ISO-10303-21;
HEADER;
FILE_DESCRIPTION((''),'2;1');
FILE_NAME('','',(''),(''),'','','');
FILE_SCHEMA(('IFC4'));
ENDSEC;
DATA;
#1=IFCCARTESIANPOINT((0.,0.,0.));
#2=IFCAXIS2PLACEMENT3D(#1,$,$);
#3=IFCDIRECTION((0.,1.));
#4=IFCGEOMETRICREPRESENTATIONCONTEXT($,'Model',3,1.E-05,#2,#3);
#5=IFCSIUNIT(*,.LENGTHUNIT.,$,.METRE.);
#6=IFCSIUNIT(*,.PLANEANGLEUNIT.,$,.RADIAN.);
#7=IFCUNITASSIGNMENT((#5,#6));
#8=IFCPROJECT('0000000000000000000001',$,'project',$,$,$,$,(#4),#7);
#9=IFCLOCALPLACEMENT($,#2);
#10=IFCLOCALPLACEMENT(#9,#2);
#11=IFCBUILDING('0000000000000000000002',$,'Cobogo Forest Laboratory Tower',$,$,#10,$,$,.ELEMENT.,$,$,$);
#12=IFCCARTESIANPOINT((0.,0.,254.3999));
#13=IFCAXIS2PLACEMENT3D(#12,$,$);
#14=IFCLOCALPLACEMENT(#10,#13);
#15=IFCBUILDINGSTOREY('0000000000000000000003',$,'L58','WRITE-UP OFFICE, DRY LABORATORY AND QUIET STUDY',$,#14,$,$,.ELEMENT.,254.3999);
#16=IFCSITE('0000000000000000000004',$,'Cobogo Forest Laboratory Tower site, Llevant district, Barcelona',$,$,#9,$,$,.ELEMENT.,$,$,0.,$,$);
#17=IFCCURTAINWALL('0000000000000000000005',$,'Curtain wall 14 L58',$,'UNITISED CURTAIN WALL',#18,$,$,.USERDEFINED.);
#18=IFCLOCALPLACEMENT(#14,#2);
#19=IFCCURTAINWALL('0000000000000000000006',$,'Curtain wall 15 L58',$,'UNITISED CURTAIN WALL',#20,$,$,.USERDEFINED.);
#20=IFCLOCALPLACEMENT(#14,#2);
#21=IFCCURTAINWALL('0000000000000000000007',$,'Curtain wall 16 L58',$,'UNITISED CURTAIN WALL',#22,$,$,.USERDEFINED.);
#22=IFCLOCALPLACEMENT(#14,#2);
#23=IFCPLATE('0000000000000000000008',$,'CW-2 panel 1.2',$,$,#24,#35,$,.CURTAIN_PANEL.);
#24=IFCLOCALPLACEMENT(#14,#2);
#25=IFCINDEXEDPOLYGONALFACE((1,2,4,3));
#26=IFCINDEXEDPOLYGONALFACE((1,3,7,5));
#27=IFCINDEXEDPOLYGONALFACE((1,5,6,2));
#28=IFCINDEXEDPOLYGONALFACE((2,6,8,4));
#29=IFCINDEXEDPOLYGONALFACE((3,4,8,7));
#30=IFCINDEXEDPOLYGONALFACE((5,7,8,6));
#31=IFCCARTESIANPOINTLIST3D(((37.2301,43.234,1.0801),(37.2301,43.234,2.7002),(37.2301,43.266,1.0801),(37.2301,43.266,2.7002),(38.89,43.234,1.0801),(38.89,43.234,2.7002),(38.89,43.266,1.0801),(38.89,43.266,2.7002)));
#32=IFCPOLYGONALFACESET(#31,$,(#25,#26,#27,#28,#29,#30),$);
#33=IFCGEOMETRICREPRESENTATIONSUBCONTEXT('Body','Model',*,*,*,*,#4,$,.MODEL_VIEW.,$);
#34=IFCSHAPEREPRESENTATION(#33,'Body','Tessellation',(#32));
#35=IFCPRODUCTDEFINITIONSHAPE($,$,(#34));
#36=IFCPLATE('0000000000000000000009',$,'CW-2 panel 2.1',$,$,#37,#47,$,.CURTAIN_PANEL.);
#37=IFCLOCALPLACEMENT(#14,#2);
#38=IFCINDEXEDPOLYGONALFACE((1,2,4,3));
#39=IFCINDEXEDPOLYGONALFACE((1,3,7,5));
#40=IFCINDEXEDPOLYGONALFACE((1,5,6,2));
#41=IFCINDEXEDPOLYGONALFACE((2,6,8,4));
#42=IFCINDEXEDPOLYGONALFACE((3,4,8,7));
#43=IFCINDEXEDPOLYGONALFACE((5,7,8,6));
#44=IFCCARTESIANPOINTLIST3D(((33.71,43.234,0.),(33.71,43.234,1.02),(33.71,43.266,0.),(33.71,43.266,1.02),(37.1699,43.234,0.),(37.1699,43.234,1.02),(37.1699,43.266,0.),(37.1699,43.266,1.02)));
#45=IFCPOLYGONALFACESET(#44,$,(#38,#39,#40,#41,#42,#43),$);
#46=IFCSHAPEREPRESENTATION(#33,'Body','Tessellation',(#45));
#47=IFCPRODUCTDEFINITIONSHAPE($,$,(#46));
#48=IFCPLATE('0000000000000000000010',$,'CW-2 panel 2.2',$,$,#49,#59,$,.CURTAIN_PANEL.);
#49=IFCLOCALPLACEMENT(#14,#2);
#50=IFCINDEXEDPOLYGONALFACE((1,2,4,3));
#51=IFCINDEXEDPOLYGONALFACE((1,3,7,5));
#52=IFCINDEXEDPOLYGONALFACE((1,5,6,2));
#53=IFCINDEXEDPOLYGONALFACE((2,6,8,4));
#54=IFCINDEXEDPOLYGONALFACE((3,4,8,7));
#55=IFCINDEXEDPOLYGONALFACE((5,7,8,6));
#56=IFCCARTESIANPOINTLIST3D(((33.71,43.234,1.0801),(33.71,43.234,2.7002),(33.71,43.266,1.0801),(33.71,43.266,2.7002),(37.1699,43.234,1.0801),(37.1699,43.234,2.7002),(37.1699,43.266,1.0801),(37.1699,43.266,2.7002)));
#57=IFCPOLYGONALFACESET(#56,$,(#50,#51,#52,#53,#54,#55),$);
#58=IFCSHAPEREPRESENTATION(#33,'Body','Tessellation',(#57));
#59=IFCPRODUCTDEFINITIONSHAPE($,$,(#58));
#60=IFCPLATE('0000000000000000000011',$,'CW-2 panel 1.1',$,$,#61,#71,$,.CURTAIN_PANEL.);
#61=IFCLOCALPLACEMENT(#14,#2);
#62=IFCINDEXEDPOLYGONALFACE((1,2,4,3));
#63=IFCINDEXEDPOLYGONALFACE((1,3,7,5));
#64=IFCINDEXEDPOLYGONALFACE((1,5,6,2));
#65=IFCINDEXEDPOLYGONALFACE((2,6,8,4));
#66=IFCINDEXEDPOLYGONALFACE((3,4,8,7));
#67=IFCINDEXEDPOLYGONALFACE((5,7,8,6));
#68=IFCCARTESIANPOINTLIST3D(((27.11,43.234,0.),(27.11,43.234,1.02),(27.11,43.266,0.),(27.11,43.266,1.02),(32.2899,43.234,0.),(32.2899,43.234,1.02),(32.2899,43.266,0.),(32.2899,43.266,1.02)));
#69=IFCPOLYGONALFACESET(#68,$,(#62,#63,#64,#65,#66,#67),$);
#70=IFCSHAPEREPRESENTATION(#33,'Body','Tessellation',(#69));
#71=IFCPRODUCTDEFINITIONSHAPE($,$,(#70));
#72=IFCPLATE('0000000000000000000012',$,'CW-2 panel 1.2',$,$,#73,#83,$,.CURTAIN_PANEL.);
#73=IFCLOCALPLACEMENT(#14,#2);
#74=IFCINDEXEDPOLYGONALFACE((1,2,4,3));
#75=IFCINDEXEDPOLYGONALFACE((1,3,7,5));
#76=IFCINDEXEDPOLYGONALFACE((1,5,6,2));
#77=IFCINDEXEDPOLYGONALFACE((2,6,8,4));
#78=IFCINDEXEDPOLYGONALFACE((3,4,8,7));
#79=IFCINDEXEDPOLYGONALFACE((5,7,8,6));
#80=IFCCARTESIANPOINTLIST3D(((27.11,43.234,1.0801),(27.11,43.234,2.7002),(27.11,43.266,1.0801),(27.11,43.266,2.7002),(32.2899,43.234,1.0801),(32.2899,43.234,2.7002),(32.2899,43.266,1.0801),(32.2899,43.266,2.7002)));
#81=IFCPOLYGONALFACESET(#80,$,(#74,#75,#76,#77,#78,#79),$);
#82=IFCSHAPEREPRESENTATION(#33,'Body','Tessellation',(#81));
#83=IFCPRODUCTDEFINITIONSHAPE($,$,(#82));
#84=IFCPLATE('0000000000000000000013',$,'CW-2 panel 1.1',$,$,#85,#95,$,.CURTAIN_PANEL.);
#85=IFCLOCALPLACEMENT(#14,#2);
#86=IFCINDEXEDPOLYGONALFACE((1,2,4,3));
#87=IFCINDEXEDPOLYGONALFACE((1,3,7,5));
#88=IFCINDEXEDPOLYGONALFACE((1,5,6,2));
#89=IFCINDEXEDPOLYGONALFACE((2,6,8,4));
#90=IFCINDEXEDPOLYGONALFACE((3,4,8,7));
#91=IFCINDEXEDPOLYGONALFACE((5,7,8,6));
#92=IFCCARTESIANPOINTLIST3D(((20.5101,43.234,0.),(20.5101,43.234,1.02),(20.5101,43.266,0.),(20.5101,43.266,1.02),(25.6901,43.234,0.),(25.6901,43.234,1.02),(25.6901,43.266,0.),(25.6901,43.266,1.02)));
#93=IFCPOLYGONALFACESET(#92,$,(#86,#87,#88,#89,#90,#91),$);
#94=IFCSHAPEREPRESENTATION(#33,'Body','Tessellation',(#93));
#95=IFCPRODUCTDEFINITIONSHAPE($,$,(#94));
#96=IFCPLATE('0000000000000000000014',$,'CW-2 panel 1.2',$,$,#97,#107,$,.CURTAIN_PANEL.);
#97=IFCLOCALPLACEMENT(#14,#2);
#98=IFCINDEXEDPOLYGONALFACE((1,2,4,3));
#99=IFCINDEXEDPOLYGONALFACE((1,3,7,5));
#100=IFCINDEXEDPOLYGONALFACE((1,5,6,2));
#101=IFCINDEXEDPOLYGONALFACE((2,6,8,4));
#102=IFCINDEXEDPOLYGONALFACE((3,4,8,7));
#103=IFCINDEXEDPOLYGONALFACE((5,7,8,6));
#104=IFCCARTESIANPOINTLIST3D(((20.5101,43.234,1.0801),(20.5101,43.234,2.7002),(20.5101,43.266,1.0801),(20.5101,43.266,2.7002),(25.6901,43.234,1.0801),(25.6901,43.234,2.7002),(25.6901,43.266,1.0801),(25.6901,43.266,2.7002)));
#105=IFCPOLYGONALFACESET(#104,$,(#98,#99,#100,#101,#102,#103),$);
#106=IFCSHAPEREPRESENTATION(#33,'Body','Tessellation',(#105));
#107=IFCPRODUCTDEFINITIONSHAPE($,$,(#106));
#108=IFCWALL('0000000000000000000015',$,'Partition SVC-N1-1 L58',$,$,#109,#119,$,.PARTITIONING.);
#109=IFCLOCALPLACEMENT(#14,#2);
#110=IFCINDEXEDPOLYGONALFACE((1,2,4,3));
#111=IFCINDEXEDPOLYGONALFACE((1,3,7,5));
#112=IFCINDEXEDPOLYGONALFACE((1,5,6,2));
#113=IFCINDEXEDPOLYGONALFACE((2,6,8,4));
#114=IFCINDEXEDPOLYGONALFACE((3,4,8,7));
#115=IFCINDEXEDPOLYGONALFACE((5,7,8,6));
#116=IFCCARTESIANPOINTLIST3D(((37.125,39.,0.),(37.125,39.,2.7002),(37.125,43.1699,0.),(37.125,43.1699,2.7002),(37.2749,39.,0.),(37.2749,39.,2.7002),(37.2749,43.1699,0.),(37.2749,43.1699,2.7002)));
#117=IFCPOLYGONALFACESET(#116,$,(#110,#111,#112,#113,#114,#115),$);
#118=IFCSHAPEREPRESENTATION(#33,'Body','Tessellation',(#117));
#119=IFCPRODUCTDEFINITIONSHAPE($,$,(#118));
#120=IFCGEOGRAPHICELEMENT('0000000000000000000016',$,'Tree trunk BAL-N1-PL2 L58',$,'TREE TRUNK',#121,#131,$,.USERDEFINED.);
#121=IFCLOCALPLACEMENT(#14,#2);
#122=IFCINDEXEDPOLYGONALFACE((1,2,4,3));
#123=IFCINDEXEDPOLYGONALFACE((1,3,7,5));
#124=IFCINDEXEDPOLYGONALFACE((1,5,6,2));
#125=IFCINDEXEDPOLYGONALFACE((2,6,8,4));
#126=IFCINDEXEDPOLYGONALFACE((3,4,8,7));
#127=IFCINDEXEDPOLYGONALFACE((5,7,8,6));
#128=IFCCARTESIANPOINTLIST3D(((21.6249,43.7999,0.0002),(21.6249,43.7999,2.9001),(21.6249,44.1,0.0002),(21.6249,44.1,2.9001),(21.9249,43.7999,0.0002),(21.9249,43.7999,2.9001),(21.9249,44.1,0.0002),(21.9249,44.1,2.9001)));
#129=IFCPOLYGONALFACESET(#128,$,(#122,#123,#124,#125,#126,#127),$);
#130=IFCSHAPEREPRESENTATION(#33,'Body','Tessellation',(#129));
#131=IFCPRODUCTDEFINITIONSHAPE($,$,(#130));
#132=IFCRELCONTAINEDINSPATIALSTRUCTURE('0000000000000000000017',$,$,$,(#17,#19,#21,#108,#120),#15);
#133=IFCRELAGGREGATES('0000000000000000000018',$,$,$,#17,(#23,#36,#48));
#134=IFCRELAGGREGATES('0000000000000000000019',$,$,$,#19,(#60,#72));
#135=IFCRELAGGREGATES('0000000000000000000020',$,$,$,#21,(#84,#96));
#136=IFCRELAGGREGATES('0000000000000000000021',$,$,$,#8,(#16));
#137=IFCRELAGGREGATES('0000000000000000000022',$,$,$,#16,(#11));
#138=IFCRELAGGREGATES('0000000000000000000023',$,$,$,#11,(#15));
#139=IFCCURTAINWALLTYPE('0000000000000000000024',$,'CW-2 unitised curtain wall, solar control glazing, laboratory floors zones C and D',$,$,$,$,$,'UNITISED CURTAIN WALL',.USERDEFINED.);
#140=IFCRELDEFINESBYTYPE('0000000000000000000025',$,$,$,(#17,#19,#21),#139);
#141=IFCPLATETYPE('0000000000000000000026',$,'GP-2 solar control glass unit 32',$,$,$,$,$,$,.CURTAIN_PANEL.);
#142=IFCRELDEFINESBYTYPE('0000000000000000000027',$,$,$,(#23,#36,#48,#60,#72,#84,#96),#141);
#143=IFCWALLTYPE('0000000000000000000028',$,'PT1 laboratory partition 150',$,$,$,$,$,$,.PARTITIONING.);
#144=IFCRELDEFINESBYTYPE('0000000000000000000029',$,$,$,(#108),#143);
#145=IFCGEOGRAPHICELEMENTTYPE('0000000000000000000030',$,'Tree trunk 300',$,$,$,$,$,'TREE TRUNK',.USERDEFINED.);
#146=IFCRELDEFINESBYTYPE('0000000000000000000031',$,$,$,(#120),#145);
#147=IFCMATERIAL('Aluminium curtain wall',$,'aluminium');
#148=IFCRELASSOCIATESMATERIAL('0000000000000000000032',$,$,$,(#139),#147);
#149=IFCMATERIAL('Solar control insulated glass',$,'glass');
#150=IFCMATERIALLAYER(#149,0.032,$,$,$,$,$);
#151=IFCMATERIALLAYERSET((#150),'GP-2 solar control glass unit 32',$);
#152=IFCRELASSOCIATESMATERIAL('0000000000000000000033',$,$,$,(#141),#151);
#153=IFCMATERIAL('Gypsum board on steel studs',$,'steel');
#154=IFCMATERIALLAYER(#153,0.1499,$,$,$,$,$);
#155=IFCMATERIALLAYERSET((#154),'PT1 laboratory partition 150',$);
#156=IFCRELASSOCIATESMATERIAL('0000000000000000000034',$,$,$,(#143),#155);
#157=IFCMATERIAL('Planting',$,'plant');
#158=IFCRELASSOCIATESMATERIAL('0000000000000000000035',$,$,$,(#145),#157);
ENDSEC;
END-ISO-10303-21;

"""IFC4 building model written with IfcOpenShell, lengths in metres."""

from ifc_helpers import new_model, si_unit, direction, frame, frame_2d, origin, origin_2d, place, context, subcontext, project, spatial, rectangle, extrude, material, layer, layer_set, type_object, element, aggregate, save


model = new_model("IFC4")

# Units and contexts
model_context = context("Model", 3, precision=1e-05, world=origin(), true_north=direction((0.0, 1.0)))
body_context = subcontext(model_context, "Body", "Model", "MODEL_VIEW")
ifc_project = project(units=[si_unit("LENGTHUNIT", "METRE"), si_unit("PLANEANGLEUNIT", "RADIAN")], contexts=[model_context])

# Site, building, storey
site_placement = place(None, origin())
site = spatial("IfcSite", under=ifc_project, at=site_placement, Name="Cobogo Forest Laboratory Tower site, Llevant district, Barcelona", CompositionType="ELEMENT", RefElevation=0.0)
building_placement = place(site_placement, origin())
building = spatial("IfcBuilding", under=site, at=building_placement, Name="Cobogo Forest Laboratory Tower", CompositionType="ELEMENT")
storey_placement = place(building_placement, frame((0.0, 0.0, 254.3999)))
storey = spatial("IfcBuildingStorey", under=building, at=storey_placement, Name="L58", Description="WRITE-UP OFFICE, DRY LABORATORY AND QUIET STUDY", CompositionType="ELEMENT", Elevation=254.3999)

# Curtain walls
ifc_material_1 = material(Name="Aluminium curtain wall", Category="aluminium")
curtain_wall_type = type_object("IfcCurtainWallType", Name="CW-2 unitised curtain wall, solar control glazing, laboratory floors zones C and D", ElementType="UNITISED CURTAIN WALL", PredefinedType="USERDEFINED", material=ifc_material_1)
curtain_wall_1_placement = place(storey_placement, origin())
curtain_wall_1 = element("IfcCurtainWall", 1, at=curtain_wall_1_placement, inside=storey, type_object=curtain_wall_type, Name="Curtain wall 14 L58", ObjectType="UNITISED CURTAIN WALL", PredefinedType="USERDEFINED")
curtain_wall_2_placement = place(storey_placement, origin())
curtain_wall_2 = element("IfcCurtainWall", 2, at=curtain_wall_2_placement, inside=storey, type_object=curtain_wall_type, Name="Curtain wall 15 L58", ObjectType="UNITISED CURTAIN WALL", PredefinedType="USERDEFINED")
curtain_wall_3_placement = place(storey_placement, origin())
curtain_wall_3 = element("IfcCurtainWall", 3, at=curtain_wall_3_placement, inside=storey, type_object=curtain_wall_type, Name="Curtain wall 16 L58", ObjectType="UNITISED CURTAIN WALL", PredefinedType="USERDEFINED")

# Plates
ifc_material_2 = material(Name="Solar control insulated glass", Category="glass")
ifc_layer_1 = layer(ifc_material_2, 0.032)
ifc_layer_set_1 = layer_set([ifc_layer_1], Name="GP-2 solar control glass unit 32")
plate_type_1 = type_object("IfcPlateType", Name="GP-2 solar control glass unit 32", PredefinedType="CURTAIN_PANEL", material=ifc_layer_set_1)
plate_1_placement = place(storey_placement, frame((38.0601, 43.25, 1.0801), z_axis=(0.0, 0.0, 1.0), x_axis=(-1.0, 0.0, 0.0)))
plate_1 = element("IfcPlate", 4, at=plate_1_placement, type_object=plate_type_1, Name="CW-2 panel 1.2", PredefinedType="CURTAIN_PANEL", context=body_context, shape_type="SweptSolid", body=[
    extrude(rectangle(XDim=1.6599, YDim=0.032, at=origin_2d()), origin(), (0.0, 0.0, 1.0), 1.6201),
])
plate_2_placement = place(storey_placement, frame((35.4399, 43.25, 0.0), z_axis=(0.0, 0.0, 1.0), x_axis=(-1.0, 0.0, 0.0)))
plate_2 = element("IfcPlate", 5, at=plate_2_placement, type_object=plate_type_1, Name="CW-2 panel 2.1", PredefinedType="CURTAIN_PANEL", context=body_context, shape_type="SweptSolid", body=[
    extrude(rectangle(XDim=3.46, YDim=0.032, at=origin_2d()), origin(), (0.0, 0.0, 1.0), 1.02),
])
plate_3_placement = place(storey_placement, frame((35.4399, 43.25, 1.0801), z_axis=(0.0, 0.0, 1.0), x_axis=(-1.0, 0.0, 0.0)))
plate_3 = element("IfcPlate", 6, at=plate_3_placement, type_object=plate_type_1, Name="CW-2 panel 2.2", PredefinedType="CURTAIN_PANEL", context=body_context, shape_type="SweptSolid", body=[
    extrude(rectangle(XDim=3.46, YDim=0.032, at=origin_2d()), origin(), (0.0, 0.0, 1.0), 1.6201),
])
aggregate(curtain_wall_1, [plate_1, plate_2, plate_3])
plate_4_placement = place(storey_placement, frame((29.7, 43.25, 0.0), z_axis=(0.0, 0.0, 1.0), x_axis=(-1.0, 0.0, 0.0)))
plate_4 = element("IfcPlate", 7, at=plate_4_placement, type_object=plate_type_1, Name="CW-2 panel 1.1", PredefinedType="CURTAIN_PANEL", context=body_context, shape_type="SweptSolid", body=[
    extrude(rectangle(XDim=5.1799, YDim=0.032, at=origin_2d()), origin(), (0.0, 0.0, 1.0), 1.02),
])
plate_5_placement = place(storey_placement, frame((29.7, 43.25, 1.0801), z_axis=(0.0, 0.0, 1.0), x_axis=(-1.0, 0.0, 0.0)))
plate_5 = element("IfcPlate", 8, at=plate_5_placement, type_object=plate_type_1, Name="CW-2 panel 1.2", PredefinedType="CURTAIN_PANEL", context=body_context, shape_type="SweptSolid", body=[
    extrude(rectangle(XDim=5.1799, YDim=0.032, at=origin_2d()), origin(), (0.0, 0.0, 1.0), 1.6201),
])
aggregate(curtain_wall_2, [plate_4, plate_5])
plate_6_placement = place(storey_placement, frame((23.1001, 43.25, 0.0), z_axis=(0.0, 0.0, 1.0), x_axis=(-1.0, 0.0, 0.0)))
plate_6 = element("IfcPlate", 9, at=plate_6_placement, type_object=plate_type_1, Name="CW-2 panel 1.1", PredefinedType="CURTAIN_PANEL", context=body_context, shape_type="SweptSolid", body=[
    extrude(rectangle(XDim=5.1799, YDim=0.032, at=origin_2d()), origin(), (0.0, 0.0, 1.0), 1.02),
])
plate_7_placement = place(storey_placement, frame((23.1001, 43.25, 1.0801), z_axis=(0.0, 0.0, 1.0), x_axis=(-1.0, 0.0, 0.0)))
plate_7 = element("IfcPlate", 10, at=plate_7_placement, type_object=plate_type_1, Name="CW-2 panel 1.2", PredefinedType="CURTAIN_PANEL", context=body_context, shape_type="SweptSolid", body=[
    extrude(rectangle(XDim=5.1799, YDim=0.032, at=origin_2d()), origin(), (0.0, 0.0, 1.0), 1.6201),
])
aggregate(curtain_wall_3, [plate_6, plate_7])

# Wall
ifc_material_3 = material(Name="Gypsum board on steel studs", Category="steel")
ifc_layer_2 = layer(ifc_material_3, 0.1499)
ifc_layer_set_2 = layer_set([ifc_layer_2], Name="PT1 laboratory partition 150")
wall_type = type_object("IfcWallType", Name="PT1 laboratory partition 150", PredefinedType="PARTITIONING", material=ifc_layer_set_2)
wall_placement = place(storey_placement, frame((37.2, 43.1699, 0.0), z_axis=(0.0, 0.0, 1.0), x_axis=(0.0, -1.0, 0.0)))
element("IfcWall", 11, at=wall_placement, inside=storey, type_object=wall_type, Name="Partition SVC-N1-1 L58", PredefinedType="PARTITIONING", context=body_context, shape_type="SweptSolid", body=[
    extrude(rectangle(XDim=4.1699, YDim=0.1499, at=frame_2d((2.085, 0.0))), origin(), (0.0, 0.0, 1.0), 2.7002),
])

# Geographic element
ifc_material_4 = material(Name="Planting", Category="plant")
geographic_element_type = type_object("IfcGeographicElementType", Name="Tree trunk 300", ElementType="TREE TRUNK", PredefinedType="USERDEFINED", material=ifc_material_4)
geographic_element_placement = place(storey_placement, frame((21.7749, 43.95, 0.0002), z_axis=(0.0, 0.0, 1.0), x_axis=(1.0, 0.0, 0.0)))
element("IfcGeographicElement", 12, at=geographic_element_placement, inside=storey, type_object=geographic_element_type, Name="Tree trunk BAL-N1-PL2 L58", ObjectType="TREE TRUNK", PredefinedType="USERDEFINED", context=body_context, shape_type="SweptSolid", body=[
    extrude(rectangle(XDim=0.3, YDim=0.3, at=origin_2d()), origin(), (0.0, 0.0, 1.0), 2.8999),
])

save(model, "model.ifc")
